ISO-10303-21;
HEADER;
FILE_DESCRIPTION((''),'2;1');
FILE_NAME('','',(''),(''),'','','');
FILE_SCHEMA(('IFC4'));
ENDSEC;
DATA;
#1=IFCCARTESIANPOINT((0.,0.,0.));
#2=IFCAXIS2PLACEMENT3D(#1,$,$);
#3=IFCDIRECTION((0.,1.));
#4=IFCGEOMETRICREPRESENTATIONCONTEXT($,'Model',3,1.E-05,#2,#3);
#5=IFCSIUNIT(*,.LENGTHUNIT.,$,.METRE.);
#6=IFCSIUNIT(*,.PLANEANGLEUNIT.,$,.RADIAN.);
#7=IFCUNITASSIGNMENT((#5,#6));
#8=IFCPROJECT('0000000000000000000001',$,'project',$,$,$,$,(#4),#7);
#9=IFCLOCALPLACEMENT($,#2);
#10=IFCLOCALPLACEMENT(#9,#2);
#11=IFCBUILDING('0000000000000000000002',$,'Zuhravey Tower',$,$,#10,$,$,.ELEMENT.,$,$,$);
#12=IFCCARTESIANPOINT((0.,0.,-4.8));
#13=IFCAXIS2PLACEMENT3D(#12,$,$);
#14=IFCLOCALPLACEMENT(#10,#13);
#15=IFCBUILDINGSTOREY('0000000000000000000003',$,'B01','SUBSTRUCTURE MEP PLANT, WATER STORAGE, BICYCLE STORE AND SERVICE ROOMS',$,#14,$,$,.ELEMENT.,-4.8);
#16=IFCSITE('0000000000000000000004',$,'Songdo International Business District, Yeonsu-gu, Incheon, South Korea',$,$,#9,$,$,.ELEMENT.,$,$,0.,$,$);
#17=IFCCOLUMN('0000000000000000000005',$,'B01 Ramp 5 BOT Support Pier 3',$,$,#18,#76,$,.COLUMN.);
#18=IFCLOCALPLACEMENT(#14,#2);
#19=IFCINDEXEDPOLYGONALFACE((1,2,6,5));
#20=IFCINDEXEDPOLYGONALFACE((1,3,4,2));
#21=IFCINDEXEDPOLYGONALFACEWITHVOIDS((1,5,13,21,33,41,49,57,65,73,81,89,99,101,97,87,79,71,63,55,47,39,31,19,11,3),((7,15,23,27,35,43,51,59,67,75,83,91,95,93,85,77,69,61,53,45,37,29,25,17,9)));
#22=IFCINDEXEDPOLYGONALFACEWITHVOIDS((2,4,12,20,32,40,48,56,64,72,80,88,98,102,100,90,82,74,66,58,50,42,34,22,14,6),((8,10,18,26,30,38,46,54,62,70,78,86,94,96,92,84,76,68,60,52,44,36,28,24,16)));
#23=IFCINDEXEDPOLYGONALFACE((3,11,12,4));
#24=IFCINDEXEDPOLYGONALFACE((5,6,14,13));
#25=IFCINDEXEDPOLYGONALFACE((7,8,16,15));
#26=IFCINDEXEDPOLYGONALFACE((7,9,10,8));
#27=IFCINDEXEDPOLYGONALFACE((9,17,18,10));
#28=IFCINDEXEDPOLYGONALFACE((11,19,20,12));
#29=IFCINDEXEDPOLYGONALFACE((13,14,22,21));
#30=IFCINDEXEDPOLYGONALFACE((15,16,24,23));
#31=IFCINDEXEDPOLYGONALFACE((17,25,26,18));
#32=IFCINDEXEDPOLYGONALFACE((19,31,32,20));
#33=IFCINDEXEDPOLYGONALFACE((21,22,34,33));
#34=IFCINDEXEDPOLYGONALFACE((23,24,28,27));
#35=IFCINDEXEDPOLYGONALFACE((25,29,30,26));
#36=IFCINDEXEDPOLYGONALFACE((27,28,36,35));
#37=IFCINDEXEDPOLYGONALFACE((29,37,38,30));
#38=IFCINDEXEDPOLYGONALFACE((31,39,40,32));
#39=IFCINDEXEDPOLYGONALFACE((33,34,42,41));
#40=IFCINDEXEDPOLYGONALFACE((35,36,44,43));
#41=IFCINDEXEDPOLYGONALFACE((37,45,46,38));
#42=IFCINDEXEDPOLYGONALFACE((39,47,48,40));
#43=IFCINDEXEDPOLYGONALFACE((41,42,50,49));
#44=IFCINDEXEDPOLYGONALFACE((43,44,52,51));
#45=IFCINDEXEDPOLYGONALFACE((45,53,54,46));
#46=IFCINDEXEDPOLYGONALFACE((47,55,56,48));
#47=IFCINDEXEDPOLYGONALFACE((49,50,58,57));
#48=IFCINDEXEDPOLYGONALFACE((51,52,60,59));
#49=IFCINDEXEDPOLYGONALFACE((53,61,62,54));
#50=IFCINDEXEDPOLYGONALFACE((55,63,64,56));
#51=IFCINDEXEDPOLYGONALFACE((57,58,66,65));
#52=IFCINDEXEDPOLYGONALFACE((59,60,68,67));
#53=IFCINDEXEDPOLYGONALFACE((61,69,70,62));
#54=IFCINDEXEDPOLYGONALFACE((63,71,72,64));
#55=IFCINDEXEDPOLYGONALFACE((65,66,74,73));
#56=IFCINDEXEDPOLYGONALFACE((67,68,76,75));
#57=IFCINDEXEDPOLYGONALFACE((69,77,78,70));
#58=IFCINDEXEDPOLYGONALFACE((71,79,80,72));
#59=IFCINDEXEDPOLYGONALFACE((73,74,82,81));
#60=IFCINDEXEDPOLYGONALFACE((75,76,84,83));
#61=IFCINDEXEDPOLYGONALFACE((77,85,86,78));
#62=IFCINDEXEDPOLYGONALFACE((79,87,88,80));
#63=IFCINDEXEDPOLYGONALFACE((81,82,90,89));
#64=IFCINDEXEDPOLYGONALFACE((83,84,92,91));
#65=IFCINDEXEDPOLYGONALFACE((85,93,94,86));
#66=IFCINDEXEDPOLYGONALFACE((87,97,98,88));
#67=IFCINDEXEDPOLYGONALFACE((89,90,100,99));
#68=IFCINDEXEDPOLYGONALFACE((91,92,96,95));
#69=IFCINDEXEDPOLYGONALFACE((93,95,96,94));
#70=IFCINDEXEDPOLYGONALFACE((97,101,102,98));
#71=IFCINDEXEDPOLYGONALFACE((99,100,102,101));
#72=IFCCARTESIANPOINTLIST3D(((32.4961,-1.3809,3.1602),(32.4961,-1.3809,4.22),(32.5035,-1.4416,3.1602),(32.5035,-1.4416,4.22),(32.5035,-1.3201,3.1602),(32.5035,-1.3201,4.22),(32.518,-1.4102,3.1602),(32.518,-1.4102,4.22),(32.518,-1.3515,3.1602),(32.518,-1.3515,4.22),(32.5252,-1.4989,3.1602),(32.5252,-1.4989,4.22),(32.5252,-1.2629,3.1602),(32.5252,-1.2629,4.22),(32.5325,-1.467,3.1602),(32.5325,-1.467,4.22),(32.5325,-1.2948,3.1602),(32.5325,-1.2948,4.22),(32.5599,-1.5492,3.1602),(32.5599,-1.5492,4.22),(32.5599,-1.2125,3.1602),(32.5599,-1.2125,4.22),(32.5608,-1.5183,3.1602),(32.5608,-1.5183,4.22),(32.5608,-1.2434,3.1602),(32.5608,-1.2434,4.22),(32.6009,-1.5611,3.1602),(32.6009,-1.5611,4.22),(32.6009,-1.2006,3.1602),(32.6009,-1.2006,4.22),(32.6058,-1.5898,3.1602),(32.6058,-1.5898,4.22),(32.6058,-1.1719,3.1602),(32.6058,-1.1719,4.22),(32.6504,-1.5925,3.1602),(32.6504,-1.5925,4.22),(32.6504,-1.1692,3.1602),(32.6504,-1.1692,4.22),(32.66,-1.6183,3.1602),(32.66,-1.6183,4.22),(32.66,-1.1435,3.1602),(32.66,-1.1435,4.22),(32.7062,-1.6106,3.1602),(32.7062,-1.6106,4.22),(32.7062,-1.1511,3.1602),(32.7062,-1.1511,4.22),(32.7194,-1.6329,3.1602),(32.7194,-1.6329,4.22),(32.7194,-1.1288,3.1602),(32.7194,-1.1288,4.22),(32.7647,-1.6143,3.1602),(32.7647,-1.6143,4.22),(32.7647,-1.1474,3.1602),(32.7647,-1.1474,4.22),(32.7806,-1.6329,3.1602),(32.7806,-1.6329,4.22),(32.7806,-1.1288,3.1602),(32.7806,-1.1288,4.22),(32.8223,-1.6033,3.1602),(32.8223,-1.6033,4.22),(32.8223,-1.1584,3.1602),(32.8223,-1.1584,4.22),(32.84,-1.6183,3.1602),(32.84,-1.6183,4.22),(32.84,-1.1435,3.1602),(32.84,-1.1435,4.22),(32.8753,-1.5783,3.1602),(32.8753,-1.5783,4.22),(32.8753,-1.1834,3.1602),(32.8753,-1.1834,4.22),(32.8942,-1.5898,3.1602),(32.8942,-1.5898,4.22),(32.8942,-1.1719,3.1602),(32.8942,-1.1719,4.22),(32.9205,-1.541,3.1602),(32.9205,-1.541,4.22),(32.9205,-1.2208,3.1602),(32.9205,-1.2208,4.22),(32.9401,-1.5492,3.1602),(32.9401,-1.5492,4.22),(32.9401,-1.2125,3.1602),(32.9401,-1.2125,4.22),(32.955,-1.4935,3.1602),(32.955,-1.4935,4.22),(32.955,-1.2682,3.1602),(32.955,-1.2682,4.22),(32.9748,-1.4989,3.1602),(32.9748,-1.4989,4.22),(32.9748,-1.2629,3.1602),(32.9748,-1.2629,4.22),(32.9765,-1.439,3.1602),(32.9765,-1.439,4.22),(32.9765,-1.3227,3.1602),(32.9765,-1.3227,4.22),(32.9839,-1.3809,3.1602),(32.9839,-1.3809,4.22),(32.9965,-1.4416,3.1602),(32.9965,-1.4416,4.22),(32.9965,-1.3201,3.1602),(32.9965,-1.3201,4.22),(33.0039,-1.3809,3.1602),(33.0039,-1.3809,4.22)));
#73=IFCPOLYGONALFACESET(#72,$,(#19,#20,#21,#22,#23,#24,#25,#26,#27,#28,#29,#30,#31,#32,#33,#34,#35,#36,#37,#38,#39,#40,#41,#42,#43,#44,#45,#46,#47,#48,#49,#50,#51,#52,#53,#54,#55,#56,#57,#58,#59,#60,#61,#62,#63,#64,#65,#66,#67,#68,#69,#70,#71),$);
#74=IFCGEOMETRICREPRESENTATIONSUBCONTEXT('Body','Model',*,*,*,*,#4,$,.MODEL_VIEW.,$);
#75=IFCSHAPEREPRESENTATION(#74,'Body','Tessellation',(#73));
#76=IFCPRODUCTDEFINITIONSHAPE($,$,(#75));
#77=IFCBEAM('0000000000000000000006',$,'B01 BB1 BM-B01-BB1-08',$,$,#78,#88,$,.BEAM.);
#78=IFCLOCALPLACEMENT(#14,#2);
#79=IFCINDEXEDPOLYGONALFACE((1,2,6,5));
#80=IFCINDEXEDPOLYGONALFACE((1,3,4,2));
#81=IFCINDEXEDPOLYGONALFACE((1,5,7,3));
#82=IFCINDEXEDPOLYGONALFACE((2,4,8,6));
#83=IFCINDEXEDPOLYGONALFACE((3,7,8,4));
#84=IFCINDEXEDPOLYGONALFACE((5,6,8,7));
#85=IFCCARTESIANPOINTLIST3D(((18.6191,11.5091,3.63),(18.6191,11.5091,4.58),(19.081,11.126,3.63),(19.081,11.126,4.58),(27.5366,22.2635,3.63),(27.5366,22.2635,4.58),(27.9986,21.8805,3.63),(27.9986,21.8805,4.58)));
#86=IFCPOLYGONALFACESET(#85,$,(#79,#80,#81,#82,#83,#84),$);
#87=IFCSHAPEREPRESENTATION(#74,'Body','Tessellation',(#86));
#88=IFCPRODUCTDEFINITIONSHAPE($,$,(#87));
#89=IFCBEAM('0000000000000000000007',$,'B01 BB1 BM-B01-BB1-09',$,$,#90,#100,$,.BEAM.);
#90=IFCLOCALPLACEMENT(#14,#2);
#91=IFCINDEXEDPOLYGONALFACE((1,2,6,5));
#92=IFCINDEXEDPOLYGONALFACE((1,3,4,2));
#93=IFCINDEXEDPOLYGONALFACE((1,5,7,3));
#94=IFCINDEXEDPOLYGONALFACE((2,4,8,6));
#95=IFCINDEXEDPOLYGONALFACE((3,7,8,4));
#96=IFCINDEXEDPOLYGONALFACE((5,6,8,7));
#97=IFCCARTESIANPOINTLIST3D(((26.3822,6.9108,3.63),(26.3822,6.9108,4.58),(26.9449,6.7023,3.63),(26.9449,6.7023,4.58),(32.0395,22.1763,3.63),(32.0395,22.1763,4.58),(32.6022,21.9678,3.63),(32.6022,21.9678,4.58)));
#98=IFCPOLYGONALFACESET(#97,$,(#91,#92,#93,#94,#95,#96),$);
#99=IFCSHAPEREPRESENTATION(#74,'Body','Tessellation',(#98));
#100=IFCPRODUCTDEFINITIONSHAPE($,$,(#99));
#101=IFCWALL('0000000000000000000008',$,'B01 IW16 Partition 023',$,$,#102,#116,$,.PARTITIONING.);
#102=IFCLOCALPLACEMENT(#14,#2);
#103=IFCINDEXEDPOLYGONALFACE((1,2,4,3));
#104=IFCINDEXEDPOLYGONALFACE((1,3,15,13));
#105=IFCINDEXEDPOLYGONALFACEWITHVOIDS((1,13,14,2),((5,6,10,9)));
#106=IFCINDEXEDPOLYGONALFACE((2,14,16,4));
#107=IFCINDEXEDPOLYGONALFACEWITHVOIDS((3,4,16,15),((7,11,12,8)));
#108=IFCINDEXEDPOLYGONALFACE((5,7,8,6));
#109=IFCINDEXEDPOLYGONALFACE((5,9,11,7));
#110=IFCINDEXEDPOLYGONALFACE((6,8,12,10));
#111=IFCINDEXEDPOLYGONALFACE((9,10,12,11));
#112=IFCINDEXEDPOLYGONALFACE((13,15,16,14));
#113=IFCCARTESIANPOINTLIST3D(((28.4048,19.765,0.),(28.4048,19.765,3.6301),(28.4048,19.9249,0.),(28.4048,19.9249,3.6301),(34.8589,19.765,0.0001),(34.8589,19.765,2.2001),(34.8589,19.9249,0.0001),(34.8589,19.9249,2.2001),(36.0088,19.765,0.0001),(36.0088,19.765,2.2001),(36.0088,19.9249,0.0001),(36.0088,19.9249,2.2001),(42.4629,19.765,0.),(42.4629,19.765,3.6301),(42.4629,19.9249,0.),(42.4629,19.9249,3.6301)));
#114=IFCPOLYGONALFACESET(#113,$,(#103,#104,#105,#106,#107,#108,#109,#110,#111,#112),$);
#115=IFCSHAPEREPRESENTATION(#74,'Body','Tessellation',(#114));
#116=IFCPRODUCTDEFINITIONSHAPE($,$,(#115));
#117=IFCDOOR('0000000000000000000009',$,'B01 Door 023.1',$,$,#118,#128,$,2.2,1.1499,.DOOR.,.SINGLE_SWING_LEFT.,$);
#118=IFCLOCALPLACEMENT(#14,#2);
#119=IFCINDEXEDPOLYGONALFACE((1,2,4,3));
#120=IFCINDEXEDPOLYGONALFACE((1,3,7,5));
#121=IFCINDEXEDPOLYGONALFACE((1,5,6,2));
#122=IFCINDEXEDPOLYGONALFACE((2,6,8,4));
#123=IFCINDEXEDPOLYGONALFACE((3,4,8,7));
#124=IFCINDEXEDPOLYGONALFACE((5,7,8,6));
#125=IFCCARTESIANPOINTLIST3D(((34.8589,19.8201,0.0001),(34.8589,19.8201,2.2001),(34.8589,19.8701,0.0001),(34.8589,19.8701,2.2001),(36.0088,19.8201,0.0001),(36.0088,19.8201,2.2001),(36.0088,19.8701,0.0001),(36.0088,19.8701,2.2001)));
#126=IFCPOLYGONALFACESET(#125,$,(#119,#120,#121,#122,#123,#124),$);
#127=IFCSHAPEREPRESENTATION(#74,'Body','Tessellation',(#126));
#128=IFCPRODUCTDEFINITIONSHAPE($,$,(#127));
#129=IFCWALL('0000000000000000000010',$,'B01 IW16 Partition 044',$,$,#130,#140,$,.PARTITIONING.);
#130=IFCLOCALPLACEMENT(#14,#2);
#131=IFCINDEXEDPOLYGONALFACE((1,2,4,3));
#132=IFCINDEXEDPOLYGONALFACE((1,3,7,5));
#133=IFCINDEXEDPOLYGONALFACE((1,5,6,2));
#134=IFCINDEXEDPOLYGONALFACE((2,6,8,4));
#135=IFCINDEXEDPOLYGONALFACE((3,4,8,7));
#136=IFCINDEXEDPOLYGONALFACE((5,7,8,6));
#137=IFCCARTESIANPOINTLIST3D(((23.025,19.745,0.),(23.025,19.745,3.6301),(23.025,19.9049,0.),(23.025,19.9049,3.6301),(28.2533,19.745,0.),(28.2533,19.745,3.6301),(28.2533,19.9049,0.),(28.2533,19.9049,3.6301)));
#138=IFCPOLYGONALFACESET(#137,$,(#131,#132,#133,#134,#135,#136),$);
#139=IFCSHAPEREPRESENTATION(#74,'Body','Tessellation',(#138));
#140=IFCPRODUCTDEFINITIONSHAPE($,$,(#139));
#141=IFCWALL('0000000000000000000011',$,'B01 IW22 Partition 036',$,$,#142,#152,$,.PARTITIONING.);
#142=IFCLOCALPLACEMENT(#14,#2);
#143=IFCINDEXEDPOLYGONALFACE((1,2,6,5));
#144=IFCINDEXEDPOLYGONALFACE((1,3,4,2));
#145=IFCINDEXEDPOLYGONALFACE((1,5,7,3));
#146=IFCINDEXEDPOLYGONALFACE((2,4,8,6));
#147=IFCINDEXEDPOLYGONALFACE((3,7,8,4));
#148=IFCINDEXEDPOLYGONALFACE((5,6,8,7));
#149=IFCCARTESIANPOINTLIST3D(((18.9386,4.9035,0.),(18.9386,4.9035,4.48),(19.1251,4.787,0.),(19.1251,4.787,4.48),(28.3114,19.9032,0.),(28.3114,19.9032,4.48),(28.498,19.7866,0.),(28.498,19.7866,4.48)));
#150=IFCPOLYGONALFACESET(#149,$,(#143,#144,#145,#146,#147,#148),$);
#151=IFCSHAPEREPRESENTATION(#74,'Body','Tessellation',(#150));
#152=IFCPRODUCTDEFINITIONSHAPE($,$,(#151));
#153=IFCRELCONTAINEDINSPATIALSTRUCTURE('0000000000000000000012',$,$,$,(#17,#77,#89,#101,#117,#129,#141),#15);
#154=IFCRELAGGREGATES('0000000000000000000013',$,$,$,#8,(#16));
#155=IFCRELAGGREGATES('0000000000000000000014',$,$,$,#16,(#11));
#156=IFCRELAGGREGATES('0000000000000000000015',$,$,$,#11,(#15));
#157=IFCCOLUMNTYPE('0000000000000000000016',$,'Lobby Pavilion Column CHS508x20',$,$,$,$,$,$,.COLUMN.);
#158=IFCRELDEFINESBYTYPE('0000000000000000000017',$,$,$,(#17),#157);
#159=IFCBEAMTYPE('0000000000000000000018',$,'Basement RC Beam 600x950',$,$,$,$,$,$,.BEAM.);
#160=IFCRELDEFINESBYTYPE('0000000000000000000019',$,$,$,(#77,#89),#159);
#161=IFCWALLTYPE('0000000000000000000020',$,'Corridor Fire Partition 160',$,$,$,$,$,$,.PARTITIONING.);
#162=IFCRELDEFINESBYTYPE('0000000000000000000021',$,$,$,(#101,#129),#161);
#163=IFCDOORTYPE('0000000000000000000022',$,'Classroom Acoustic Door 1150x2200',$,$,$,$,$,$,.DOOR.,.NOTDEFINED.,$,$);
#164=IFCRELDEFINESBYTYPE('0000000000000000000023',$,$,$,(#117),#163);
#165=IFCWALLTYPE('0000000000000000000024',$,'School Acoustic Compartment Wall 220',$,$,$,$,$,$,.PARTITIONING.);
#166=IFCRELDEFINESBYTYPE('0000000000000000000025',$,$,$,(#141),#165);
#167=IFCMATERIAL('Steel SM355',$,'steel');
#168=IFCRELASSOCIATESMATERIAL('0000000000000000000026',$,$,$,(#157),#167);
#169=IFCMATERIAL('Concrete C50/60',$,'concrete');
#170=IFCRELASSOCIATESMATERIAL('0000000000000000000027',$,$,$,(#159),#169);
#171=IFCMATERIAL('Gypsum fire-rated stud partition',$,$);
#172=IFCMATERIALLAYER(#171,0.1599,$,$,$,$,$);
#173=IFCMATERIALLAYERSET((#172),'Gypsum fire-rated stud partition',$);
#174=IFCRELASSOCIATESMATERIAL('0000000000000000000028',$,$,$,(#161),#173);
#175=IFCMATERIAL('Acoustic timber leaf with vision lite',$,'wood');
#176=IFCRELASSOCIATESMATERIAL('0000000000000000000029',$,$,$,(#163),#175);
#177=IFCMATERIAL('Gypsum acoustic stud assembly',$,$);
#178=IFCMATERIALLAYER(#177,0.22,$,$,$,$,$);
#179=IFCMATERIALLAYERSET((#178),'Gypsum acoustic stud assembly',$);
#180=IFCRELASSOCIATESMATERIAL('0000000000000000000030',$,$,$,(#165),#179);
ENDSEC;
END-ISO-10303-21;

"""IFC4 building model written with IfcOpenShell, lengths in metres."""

from ifc_helpers import new_model, si_unit, direction, frame, frame_2d, origin, origin_2d, place, context, subcontext, project, spatial, rectangle, hollow_circle, extrude, material, layer, layer_set, material_profile, profile_set, type_object, element, fill, save


model = new_model("IFC4")

# Units and contexts
model_context = context("Model", 3, precision=1e-05, world=origin(), true_north=direction((0.0, 1.0)))
body_context = subcontext(model_context, "Body", "Model", "MODEL_VIEW")
ifc_project = project(units=[si_unit("LENGTHUNIT", "METRE"), si_unit("PLANEANGLEUNIT", "RADIAN")], contexts=[model_context])

# Site, building, storey
site_placement = place(None, origin())
site = spatial("IfcSite", under=ifc_project, at=site_placement, Name="Songdo International Business District, Yeonsu-gu, Incheon, South Korea", CompositionType="ELEMENT", RefElevation=0.0)
building_placement = place(site_placement, origin())
building = spatial("IfcBuilding", under=site, at=building_placement, Name="Zuhravey Tower", CompositionType="ELEMENT")
storey_placement = place(building_placement, frame((0.0, 0.0, -4.8)))
storey = spatial("IfcBuildingStorey", under=building, at=storey_placement, Name="B01", Description="SUBSTRUCTURE MEP PLANT, WATER STORAGE, BICYCLE STORE AND SERVICE ROOMS", CompositionType="ELEMENT", Elevation=-4.8)

# Column
ifc_material_1 = material(Name="Steel SM355", Category="steel")
ifc_material_profile_1 = material_profile(ifc_material_1, hollow_circle(Radius=0.2539, WallThickness=0.02, at=origin_2d()), Name="CHS-508x20")
ifc_profile_set_1 = profile_set([ifc_material_profile_1], Name="Steel SM355")
column_type_1 = type_object("IfcColumnType", Name="Lobby Pavilion Column CHS508x20", PredefinedType="COLUMN", material=ifc_profile_set_1)
for number, where, z_axis, x_axis, name in (
    (1, (32.75, -1.3809, 3.1602), (0.0, 0.0, 1.0), (1.0, 0.0, 0.0), "B01 Ramp 5 BOT Support Pier 3"),
):
    element("IfcColumn", number, at=place(storey_placement, frame(where, z_axis=z_axis, x_axis=x_axis)), inside=storey, type_object=column_type_1, Name=name, PredefinedType="COLUMN", context=body_context, shape_type="SweptSolid", body=[
        extrude(hollow_circle(Radius=0.2539, WallThickness=0.02, at=origin_2d()), origin(), (0.0, 0.0, 1.0), 1.0598),
    ])

# Beams
ifc_material_2 = material(Name="Concrete C50/60", Category="concrete")
ifc_material_profile_2 = material_profile(ifc_material_2, rectangle(XDim=0.6001, YDim=0.95, at=origin_2d()), Name="RC-600x950")
ifc_profile_set_2 = profile_set([ifc_material_profile_2], Name="Concrete C50/60")
beam_type = type_object("IfcBeamType", Name="Basement RC Beam 600x950", PredefinedType="BEAM", material=ifc_profile_set_2)
beam_1_placement = place(storey_placement, frame((27.7676, 22.072, 4.105), z_axis=(-0.638302, -0.769786, 0.0), x_axis=(0.769786, -0.638302, 0.0)))
element("IfcBeam", 2, at=beam_1_placement, inside=storey, type_object=beam_type, Name="B01 BB1 BM-B01-BB1-08", PredefinedType="BEAM", context=body_context, shape_type="SweptSolid", body=[
    extrude(rectangle(XDim=0.6001, YDim=0.95, at=origin_2d()), origin(), (0.0, 0.0, 1.0), 13.9707),
])
beam_2_placement = place(storey_placement, frame((32.3208, 22.072, 4.105), z_axis=(-0.347497, -0.937681, 0.0), x_axis=(0.937681, -0.347497, 0.0)))
element("IfcBeam", 3, at=beam_2_placement, inside=storey, type_object=beam_type, Name="B01 BB1 BM-B01-BB1-09", PredefinedType="BEAM", context=body_context, shape_type="SweptSolid", body=[
    extrude(rectangle(XDim=0.6001, YDim=0.95, at=origin_2d()), origin(), (0.0, 0.0, 1.0), 16.28),
])

# Wall, opening, door
ifc_material_3 = material(Name="Gypsum fire-rated stud partition")
ifc_layer_1 = layer(ifc_material_3, 0.1599)
ifc_layer_set_1 = layer_set([ifc_layer_1], Name="Gypsum fire-rated stud partition")
wall_type_1 = type_object("IfcWallType", Name="Corridor Fire Partition 160", PredefinedType="PARTITIONING", material=ifc_layer_set_1)
wall_1_placement = place(storey_placement, frame((28.4048, 19.845, 0.0), z_axis=(0.0, 0.0, 1.0), x_axis=(1.0, 0.0, 0.0)))
wall_1 = element("IfcWall", 4, at=wall_1_placement, inside=storey, type_object=wall_type_1, Name="B01 IW16 Partition 023", PredefinedType="PARTITIONING", context=body_context, shape_type="SweptSolid", body=[
    extrude(rectangle(XDim=14.0581, YDim=0.1599, at=frame_2d((7.0291, 0.0))), origin(), (0.0, 0.0, 1.0), 3.6301),
])
opening_placement = place(wall_1_placement, frame((6.4541, 0.0, 0.0)))
opening = element("IfcOpeningElement", 5, at=opening_placement, cuts=wall_1, PredefinedType="OPENING", context=body_context, shape_type="SweptSolid", body=[
    extrude(rectangle(XDim=1.1499, YDim=2.2, at=frame_2d((0.575, 1.1001))), frame((0.0, 0.092, 0.0), z_axis=(0.0, -1.0, 0.0), x_axis=(1.0, 0.0, 0.0)), (0.0, 0.0, 1.0), 0.1838),
])
ifc_material_4 = material(Name="Acoustic timber leaf with vision lite", Category="wood")
door_type = type_object("IfcDoorType", Name="Classroom Acoustic Door 1150x2200", OperationType="NOTDEFINED", PredefinedType="DOOR", material=ifc_material_4)
door_placement = place(opening_placement, frame((1.1499, 0.0, 0.0), z_axis=(0.0, 0.0, 1.0), x_axis=(-1.0, 0.0, 0.0)))
door = element("IfcDoor", 6, at=door_placement, inside=storey, type_object=door_type, Name="B01 Door 023.1", OperationType="SINGLE_SWING_LEFT", OverallHeight=2.2, OverallWidth=1.1499, PredefinedType="DOOR", context=body_context, shape_type="SweptSolid", body=[
    extrude(rectangle(XDim=1.1499, YDim=2.2, at=frame_2d((0.575, 1.1001))), frame((0.0, 0.0249, 0.0), z_axis=(0.0, -1.0, 0.0), x_axis=(1.0, 0.0, 0.0)), (0.0, 0.0, 1.0), 0.05),
])
fill(opening, door)

# Walls
wall_2_placement = place(storey_placement, frame((23.0249, 19.825, 0.0), z_axis=(0.0, 0.0, 1.0), x_axis=(1.0, 0.0, 0.0)))
element("IfcWall", 7, at=wall_2_placement, inside=storey, type_object=wall_type_1, Name="B01 IW16 Partition 044", PredefinedType="PARTITIONING", context=body_context, shape_type="SweptSolid", body=[
    extrude(rectangle(XDim=5.2283, YDim=0.1599, at=frame_2d((2.6143, 0.0))), origin(), (0.0, 0.0, 1.0), 3.6301),
])
ifc_material_5 = material(Name="Gypsum acoustic stud assembly")
ifc_layer_2 = layer(ifc_material_5, 0.22)
ifc_layer_set_2 = layer_set([ifc_layer_2], Name="Gypsum acoustic stud assembly")
wall_type_2 = type_object("IfcWallType", Name="School Acoustic Compartment Wall 220", PredefinedType="PARTITIONING", material=ifc_layer_set_2)
wall_3_placement = place(storey_placement, frame((28.4048, 19.845, 0.0), z_axis=(0.0, 0.0, 1.0), x_axis=(-0.529922, -0.848046, 0.0)))
element("IfcWall", 8, at=wall_3_placement, inside=storey, type_object=wall_type_2, Name="B01 IW22 Partition 036", PredefinedType="PARTITIONING", context=body_context, shape_type="SweptSolid", body=[
    extrude(rectangle(XDim=17.6873, YDim=0.22, at=frame_2d((8.8438, 0.0))), origin(), (0.0, 0.0, 1.0), 4.48),
])

save(model, "model.ifc")
